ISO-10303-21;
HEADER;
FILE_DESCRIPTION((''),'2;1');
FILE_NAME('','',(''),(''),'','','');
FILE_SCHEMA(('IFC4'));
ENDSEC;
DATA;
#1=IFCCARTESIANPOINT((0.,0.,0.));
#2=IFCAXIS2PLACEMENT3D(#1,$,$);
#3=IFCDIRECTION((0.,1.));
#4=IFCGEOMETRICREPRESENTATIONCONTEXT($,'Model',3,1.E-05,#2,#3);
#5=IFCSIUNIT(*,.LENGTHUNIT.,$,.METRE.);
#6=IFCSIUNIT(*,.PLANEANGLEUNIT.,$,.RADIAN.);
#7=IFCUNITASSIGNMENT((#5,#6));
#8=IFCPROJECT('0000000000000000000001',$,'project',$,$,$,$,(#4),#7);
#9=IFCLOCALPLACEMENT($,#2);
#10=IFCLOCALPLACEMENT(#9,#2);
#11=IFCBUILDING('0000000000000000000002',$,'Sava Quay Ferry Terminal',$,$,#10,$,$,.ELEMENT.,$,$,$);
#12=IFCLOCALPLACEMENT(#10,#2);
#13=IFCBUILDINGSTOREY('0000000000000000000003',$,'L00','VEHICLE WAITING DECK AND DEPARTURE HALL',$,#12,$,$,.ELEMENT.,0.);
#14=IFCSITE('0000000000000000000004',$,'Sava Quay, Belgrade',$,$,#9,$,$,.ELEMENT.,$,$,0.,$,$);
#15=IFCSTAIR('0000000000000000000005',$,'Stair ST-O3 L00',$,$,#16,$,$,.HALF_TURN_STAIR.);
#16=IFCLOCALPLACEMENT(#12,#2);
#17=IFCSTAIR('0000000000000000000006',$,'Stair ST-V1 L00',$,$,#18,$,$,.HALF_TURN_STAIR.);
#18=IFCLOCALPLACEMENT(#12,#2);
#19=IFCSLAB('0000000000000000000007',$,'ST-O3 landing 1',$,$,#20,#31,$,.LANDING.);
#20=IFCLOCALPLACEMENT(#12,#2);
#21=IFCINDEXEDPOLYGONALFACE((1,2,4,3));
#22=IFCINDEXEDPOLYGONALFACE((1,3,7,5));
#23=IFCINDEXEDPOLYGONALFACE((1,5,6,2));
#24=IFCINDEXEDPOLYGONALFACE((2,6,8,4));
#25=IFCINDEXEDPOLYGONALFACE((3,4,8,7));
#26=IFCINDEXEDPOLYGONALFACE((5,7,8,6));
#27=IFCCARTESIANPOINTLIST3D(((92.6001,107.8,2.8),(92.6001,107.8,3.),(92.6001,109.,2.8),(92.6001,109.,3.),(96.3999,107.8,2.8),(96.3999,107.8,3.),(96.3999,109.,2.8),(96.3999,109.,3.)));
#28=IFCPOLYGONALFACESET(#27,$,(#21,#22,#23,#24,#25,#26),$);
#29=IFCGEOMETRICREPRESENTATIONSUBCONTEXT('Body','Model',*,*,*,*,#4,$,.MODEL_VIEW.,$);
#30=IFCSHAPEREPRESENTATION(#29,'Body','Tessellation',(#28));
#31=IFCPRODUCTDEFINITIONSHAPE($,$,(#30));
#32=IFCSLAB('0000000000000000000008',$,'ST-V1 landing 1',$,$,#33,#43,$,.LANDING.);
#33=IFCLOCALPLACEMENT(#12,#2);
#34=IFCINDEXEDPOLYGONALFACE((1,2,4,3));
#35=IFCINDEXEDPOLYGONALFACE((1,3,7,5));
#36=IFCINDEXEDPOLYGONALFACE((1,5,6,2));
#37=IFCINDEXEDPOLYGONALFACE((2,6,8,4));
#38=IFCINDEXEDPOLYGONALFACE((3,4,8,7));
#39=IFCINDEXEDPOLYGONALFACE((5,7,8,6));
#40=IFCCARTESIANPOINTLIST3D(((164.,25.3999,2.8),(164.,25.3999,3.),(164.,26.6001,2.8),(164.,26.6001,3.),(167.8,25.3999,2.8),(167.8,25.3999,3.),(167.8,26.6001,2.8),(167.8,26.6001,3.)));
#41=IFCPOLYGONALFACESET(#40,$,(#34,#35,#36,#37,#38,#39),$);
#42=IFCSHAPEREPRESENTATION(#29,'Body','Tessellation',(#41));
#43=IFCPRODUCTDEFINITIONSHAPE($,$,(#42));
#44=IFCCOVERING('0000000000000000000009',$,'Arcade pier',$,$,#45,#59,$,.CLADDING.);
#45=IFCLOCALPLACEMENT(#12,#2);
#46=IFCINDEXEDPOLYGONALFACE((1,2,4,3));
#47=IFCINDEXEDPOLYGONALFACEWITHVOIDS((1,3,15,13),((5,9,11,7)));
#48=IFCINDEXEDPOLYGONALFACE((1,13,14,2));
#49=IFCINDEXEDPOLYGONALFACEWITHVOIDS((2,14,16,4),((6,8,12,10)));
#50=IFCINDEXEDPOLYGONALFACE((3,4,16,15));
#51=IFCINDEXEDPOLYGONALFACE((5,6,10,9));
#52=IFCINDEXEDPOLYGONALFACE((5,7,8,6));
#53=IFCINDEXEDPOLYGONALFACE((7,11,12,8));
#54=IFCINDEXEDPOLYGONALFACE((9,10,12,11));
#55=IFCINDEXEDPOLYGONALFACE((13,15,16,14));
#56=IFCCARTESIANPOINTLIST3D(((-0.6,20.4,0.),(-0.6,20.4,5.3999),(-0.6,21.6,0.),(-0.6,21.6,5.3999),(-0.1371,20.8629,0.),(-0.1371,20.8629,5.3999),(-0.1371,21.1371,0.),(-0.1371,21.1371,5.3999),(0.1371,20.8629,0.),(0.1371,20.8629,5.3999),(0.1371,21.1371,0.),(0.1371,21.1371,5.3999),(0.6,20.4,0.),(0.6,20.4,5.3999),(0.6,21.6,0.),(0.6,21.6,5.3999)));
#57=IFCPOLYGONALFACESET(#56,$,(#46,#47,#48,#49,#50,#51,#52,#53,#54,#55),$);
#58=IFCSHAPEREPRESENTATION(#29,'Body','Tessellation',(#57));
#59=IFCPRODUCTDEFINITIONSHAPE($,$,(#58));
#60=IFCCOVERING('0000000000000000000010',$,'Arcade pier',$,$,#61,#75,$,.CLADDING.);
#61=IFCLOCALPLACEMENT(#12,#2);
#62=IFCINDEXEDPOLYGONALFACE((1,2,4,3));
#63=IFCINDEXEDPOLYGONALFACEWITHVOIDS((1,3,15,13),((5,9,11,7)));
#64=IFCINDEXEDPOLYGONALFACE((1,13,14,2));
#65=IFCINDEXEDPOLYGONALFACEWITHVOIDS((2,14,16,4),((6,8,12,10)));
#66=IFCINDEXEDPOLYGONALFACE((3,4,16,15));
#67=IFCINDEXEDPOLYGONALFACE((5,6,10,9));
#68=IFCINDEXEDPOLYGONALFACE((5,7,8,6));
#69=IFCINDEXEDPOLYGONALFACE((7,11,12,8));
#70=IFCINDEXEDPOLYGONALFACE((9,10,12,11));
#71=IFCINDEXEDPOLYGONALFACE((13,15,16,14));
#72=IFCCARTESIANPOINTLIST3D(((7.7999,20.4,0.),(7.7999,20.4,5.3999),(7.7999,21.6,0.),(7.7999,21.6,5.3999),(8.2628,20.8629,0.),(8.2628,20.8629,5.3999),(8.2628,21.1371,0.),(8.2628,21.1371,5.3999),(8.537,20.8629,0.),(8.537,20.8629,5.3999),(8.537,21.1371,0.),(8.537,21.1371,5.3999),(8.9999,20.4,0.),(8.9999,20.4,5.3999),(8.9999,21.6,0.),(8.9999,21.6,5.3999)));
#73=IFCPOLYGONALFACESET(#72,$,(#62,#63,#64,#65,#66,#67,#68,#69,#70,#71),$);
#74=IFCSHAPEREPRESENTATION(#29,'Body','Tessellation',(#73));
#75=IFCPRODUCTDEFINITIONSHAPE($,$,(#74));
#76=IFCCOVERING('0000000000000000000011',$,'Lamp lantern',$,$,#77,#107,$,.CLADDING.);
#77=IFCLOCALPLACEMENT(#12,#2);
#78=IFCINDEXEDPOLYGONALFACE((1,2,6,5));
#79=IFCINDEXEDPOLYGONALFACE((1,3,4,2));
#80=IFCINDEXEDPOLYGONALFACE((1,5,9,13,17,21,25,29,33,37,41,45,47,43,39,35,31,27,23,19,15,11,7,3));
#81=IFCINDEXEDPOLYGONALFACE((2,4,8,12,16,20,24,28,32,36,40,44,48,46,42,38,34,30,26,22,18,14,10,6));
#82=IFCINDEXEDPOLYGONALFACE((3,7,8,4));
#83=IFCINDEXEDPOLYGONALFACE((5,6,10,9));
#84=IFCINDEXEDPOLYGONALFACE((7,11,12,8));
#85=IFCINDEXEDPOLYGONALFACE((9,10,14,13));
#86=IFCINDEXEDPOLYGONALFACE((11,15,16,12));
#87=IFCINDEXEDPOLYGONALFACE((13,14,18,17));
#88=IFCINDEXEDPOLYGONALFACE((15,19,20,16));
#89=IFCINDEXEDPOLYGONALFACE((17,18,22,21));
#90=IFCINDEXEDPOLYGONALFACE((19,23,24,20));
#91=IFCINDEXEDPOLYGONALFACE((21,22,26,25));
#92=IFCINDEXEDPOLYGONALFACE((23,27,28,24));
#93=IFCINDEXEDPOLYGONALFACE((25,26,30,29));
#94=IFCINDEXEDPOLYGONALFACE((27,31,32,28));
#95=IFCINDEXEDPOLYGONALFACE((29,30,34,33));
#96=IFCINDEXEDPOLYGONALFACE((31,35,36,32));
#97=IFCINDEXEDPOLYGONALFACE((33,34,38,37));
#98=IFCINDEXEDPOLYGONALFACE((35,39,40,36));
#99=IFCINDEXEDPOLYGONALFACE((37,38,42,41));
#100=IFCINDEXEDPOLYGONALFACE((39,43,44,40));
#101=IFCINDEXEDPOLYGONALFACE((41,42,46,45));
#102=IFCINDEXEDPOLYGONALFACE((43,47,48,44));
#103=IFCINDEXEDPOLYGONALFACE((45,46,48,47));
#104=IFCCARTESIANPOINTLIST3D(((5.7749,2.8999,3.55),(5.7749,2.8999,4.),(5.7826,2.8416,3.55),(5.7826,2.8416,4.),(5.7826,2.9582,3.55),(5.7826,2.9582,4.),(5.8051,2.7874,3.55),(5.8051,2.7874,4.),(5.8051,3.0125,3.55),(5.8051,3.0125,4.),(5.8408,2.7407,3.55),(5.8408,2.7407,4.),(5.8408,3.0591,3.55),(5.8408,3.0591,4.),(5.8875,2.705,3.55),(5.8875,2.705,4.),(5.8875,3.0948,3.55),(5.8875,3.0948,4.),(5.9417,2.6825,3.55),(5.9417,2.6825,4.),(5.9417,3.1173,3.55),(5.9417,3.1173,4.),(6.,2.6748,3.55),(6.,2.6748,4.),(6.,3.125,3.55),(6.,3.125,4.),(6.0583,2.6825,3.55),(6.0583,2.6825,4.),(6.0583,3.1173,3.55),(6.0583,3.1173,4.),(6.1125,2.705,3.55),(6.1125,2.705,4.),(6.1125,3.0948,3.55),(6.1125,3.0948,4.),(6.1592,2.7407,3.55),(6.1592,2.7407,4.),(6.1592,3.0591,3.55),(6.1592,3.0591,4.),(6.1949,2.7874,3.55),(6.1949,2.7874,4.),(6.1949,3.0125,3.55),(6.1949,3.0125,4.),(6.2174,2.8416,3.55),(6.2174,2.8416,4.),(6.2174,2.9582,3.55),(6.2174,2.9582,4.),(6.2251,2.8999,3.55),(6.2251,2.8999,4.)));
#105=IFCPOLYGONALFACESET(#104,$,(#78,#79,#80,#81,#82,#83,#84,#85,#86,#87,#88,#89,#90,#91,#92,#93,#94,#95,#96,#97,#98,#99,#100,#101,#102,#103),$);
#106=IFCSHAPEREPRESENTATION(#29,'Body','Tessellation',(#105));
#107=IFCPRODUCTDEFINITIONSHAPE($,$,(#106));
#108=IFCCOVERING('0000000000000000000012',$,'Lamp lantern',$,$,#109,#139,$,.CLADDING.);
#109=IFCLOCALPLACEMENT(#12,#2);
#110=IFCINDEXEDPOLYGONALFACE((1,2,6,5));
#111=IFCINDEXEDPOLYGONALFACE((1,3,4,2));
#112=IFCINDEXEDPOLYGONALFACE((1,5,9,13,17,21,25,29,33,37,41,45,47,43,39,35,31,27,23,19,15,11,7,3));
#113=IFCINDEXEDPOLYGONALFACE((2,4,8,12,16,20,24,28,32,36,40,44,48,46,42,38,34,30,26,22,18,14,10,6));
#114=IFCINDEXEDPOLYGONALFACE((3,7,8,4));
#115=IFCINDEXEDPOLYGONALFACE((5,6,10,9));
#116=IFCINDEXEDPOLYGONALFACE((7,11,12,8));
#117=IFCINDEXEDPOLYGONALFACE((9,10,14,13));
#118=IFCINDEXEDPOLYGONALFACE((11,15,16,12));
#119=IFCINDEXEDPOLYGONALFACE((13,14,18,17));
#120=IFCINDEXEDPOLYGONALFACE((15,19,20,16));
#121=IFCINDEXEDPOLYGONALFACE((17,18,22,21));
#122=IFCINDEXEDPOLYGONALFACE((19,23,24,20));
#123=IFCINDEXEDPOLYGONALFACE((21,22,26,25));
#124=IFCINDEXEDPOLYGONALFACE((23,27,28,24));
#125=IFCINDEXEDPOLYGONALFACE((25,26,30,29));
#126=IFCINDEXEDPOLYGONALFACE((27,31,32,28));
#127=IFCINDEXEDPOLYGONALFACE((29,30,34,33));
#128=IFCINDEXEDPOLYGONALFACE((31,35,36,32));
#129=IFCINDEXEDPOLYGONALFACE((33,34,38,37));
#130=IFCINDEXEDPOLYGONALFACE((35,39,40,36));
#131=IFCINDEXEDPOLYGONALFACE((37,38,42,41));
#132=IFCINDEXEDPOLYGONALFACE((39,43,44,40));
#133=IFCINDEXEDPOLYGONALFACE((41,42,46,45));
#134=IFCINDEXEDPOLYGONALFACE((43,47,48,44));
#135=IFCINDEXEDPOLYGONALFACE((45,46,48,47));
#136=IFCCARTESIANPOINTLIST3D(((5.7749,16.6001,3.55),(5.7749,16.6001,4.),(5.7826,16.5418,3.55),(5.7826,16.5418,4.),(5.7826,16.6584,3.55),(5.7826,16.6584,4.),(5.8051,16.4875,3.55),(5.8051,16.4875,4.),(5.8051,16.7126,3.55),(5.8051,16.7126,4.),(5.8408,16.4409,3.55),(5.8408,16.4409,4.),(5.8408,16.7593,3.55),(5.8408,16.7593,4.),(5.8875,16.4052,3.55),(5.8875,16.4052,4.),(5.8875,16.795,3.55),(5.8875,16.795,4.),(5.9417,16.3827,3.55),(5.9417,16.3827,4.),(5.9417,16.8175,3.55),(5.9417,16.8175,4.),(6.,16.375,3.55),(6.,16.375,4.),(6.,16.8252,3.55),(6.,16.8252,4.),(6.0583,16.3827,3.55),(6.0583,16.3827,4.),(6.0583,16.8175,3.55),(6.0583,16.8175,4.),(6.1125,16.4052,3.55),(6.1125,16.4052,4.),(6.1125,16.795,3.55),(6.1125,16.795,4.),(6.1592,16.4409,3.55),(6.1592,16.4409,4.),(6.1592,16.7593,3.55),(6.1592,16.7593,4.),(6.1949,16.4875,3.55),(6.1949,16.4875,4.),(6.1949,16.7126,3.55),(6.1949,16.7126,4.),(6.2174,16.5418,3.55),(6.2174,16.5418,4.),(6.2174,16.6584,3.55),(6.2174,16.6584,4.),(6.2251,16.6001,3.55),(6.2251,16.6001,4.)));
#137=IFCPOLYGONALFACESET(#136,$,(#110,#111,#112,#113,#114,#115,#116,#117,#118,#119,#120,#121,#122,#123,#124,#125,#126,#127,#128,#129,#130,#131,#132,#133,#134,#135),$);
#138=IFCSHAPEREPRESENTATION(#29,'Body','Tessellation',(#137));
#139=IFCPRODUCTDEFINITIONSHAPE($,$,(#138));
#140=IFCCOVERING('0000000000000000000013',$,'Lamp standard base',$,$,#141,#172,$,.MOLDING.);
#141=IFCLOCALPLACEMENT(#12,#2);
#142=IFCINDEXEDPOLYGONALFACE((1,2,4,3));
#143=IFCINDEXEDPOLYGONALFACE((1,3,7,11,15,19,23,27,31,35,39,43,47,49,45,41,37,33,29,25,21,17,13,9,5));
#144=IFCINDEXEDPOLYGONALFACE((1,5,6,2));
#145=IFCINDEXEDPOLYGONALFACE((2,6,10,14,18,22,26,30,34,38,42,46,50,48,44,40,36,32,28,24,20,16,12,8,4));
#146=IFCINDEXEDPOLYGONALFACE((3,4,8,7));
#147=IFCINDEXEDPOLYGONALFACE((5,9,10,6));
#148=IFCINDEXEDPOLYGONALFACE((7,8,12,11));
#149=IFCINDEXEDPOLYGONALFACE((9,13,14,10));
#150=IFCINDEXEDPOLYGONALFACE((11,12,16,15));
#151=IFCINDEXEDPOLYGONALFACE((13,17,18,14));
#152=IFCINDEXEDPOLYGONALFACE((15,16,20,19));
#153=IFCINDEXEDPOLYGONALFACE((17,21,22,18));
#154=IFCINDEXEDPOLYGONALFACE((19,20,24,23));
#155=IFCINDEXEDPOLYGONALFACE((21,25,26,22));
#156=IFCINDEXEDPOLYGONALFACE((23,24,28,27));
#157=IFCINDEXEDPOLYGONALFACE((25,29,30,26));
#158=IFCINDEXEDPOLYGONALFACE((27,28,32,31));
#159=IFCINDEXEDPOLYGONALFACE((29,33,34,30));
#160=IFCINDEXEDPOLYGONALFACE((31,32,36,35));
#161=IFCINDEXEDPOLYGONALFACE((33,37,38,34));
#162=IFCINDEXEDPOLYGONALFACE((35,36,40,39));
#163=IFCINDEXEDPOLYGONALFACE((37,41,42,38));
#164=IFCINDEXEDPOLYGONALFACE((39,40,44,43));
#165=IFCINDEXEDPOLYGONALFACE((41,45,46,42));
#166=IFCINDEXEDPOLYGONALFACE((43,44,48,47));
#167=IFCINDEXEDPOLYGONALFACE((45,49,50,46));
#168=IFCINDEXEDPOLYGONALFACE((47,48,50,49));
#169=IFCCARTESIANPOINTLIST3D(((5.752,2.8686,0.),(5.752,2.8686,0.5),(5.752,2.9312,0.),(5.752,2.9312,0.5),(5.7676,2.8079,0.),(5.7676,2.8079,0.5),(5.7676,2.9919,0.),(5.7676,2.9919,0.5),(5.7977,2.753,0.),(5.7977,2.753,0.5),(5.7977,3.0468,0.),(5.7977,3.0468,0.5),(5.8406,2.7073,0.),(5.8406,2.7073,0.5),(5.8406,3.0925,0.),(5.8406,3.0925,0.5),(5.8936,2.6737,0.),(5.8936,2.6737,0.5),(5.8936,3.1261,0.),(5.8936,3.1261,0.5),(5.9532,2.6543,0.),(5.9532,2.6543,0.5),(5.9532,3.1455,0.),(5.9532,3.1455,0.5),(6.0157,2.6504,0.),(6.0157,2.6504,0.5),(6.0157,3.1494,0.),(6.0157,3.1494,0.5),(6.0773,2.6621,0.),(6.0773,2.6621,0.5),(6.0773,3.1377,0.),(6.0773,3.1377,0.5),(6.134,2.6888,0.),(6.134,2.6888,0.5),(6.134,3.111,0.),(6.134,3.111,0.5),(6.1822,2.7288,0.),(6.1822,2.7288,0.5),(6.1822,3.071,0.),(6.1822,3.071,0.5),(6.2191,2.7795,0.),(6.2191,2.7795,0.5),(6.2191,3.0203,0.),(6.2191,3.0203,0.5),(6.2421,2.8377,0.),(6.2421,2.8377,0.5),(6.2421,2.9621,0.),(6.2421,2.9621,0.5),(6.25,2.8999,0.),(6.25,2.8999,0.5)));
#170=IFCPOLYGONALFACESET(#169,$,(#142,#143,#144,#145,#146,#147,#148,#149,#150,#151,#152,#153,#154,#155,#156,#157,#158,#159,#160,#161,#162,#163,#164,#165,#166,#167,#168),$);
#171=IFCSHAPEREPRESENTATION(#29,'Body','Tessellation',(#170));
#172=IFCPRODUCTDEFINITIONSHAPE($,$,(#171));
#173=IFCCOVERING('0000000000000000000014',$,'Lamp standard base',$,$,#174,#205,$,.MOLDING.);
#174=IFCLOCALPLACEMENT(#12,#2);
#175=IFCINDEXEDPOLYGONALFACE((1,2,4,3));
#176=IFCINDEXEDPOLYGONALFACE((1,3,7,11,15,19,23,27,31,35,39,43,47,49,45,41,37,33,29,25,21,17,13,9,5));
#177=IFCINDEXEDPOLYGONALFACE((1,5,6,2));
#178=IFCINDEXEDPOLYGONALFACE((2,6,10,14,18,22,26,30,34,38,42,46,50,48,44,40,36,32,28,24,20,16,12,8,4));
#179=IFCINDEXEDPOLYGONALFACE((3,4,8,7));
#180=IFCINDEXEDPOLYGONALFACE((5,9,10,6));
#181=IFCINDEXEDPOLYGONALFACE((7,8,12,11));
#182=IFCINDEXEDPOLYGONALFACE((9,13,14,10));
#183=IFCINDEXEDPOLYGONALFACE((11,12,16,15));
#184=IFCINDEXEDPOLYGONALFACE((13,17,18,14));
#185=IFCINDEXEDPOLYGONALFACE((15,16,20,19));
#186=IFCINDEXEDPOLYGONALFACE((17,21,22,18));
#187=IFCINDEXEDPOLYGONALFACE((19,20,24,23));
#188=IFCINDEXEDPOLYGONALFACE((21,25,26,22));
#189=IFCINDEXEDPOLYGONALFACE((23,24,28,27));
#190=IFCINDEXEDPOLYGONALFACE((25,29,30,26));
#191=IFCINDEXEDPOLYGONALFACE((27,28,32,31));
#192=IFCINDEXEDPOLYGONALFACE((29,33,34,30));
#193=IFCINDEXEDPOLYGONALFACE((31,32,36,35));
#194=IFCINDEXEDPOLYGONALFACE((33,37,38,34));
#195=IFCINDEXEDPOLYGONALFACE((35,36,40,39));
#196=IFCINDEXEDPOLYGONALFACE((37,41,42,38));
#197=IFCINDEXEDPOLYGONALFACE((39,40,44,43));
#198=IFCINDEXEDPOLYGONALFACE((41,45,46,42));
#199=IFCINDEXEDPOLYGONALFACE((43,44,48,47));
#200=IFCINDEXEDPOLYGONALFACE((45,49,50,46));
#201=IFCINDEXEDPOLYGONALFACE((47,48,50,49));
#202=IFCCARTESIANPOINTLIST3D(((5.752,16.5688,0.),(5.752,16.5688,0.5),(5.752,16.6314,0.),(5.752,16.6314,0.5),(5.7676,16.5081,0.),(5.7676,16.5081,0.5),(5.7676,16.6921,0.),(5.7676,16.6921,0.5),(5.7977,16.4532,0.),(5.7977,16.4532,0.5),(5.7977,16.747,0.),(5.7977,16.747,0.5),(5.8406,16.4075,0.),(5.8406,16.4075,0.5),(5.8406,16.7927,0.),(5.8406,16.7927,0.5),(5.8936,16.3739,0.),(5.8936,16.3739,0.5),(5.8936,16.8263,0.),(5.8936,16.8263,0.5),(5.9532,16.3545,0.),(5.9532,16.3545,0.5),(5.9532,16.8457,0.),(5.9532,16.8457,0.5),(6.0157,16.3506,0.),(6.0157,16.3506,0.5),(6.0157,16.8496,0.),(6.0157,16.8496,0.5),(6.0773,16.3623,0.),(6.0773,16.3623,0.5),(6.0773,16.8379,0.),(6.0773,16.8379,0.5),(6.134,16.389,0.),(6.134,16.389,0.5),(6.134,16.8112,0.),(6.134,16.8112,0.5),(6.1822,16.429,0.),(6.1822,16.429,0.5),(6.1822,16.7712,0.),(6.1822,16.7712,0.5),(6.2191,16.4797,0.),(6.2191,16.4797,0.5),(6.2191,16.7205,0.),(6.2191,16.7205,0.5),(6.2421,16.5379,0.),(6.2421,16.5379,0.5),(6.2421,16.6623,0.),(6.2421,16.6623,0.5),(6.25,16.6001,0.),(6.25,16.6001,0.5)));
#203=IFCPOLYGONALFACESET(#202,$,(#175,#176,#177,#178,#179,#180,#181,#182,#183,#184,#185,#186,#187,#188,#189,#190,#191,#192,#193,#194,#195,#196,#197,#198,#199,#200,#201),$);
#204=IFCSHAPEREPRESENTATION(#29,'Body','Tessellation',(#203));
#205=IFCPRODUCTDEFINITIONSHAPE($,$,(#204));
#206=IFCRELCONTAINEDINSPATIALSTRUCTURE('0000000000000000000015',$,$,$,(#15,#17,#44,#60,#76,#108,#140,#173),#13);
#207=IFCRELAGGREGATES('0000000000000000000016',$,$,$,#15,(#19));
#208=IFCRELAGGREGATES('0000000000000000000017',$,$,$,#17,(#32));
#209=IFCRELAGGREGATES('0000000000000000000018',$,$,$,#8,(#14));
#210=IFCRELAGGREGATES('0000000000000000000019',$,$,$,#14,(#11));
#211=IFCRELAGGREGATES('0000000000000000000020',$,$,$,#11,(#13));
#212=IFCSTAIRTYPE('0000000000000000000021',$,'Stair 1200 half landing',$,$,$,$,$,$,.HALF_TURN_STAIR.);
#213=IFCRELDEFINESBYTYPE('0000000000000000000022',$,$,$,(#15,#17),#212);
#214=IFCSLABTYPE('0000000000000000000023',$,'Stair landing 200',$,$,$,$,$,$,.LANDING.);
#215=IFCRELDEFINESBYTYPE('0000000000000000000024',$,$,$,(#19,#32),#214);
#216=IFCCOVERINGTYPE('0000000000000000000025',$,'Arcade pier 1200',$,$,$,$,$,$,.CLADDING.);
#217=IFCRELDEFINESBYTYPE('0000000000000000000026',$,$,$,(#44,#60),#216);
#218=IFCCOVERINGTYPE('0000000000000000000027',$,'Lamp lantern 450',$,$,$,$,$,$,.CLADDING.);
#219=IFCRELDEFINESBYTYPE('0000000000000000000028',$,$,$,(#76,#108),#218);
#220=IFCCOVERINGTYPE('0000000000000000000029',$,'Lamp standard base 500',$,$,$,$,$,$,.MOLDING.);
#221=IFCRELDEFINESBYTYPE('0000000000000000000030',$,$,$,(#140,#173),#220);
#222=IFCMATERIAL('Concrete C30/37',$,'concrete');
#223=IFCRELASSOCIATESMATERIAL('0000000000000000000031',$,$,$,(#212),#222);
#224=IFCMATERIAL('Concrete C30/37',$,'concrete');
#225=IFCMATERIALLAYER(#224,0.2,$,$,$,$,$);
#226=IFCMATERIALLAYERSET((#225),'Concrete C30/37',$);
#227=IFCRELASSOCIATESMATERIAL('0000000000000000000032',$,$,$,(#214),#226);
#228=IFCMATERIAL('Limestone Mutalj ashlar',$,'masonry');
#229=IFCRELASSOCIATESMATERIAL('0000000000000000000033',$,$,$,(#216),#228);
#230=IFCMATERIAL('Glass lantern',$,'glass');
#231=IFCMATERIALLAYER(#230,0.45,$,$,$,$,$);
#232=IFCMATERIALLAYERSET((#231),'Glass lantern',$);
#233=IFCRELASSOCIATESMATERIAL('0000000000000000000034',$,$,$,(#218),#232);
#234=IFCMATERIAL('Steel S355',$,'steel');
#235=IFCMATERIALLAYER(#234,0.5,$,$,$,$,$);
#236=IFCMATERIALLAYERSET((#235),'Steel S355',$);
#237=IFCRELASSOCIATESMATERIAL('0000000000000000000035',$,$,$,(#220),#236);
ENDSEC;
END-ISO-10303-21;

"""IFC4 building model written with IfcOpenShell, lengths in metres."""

from ifc_helpers import new_model, si_unit, direction, frame, origin, origin_2d, place, context, subcontext, project, spatial, polyline, hollow_rectangle, circle, outline, extrude, material, layer, layer_set, material_profile, profile_set, type_object, element, aggregate, save


model = new_model("IFC4")

# Units and contexts
model_context = context("Model", 3, precision=1e-05, world=origin(), true_north=direction((0.0, 1.0)))
body_context = subcontext(model_context, "Body", "Model", "MODEL_VIEW")
ifc_project = project(units=[si_unit("LENGTHUNIT", "METRE"), si_unit("PLANEANGLEUNIT", "RADIAN")], contexts=[model_context])

# Site, building, storey
site_placement = place(None, origin())
site = spatial("IfcSite", under=ifc_project, at=site_placement, Name="Sava Quay, Belgrade", CompositionType="ELEMENT", RefElevation=0.0)
building_placement = place(site_placement, origin())
building = spatial("IfcBuilding", under=site, at=building_placement, Name="Sava Quay Ferry Terminal", CompositionType="ELEMENT")
storey_placement = place(building_placement, origin())
storey = spatial("IfcBuildingStorey", under=building, at=storey_placement, Name="L00", Description="VEHICLE WAITING DECK AND DEPARTURE HALL", CompositionType="ELEMENT", Elevation=0.0)

# Stairs
ifc_material_1 = material(Name="Concrete C30/37", Category="concrete")
stair_type = type_object("IfcStairType", Name="Stair 1200 half landing", PredefinedType="HALF_TURN_STAIR", material=ifc_material_1)
stair_1_placement = place(storey_placement, origin())
stair_1 = element("IfcStair", 1, at=stair_1_placement, inside=storey, type_object=stair_type, Name="Stair ST-O3 L00", PredefinedType="HALF_TURN_STAIR")
stair_2_placement = place(storey_placement, origin())
stair_2 = element("IfcStair", 2, at=stair_2_placement, inside=storey, type_object=stair_type, Name="Stair ST-V1 L00", PredefinedType="HALF_TURN_STAIR")

# Slabs
ifc_material_2 = material(Name="Concrete C30/37", Category="concrete")
ifc_layer_1 = layer(ifc_material_2, 0.2)
ifc_layer_set_1 = layer_set([ifc_layer_1], Name="Concrete C30/37")
slab_type_1 = type_object("IfcSlabType", Name="Stair landing 200", PredefinedType="LANDING", material=ifc_layer_set_1)
slab_1_placement = place(storey_placement, frame((0.0, 0.0, 2.8)))
slab_1 = element("IfcSlab", 3, at=slab_1_placement, type_object=slab_type_1, Name="ST-O3 landing 1", PredefinedType="LANDING", context=body_context, shape_type="SweptSolid", body=[
    extrude(outline(polyline([(92.6001, 107.8), (92.6001, 109.0), (96.3999, 109.0), (96.3999, 107.8), (92.6001, 107.8)])), origin(), (0.0, 0.0, 1.0), 0.2),
])
aggregate(stair_1, [slab_1])
slab_2_placement = place(storey_placement, frame((0.0, 0.0, 2.8)))
slab_2 = element("IfcSlab", 4, at=slab_2_placement, type_object=slab_type_1, Name="ST-V1 landing 1", PredefinedType="LANDING", context=body_context, shape_type="SweptSolid", body=[
    extrude(outline(polyline([(164.0, 25.3999), (164.0, 26.6001), (167.8, 26.6001), (167.8, 25.3999), (164.0, 25.3999)])), origin(), (0.0, 0.0, 1.0), 0.2),
])
aggregate(stair_2, [slab_2])

# Coverings
ifc_material_3 = material(Name="Limestone Mutalj ashlar", Category="masonry")
ifc_material_profile_1 = material_profile(ifc_material_3, hollow_rectangle(XDim=1.2, YDim=1.2, WallThickness=0.4629, at=origin_2d()), Name="Arcade pier 1200")
ifc_profile_set_1 = profile_set([ifc_material_profile_1], Name="Limestone Mutalj ashlar")
covering_type_1 = type_object("IfcCoveringType", Name="Arcade pier 1200", PredefinedType="CLADDING", material=ifc_profile_set_1)
for number, where, z_axis, x_axis, name in (
    (5, (0.0, 21.0, 0.0), (0.0, 0.0, 1.0), (1.0, 0.0, 0.0), "Arcade pier"),
    (6, (8.3999, 21.0, 0.0), (0.0, 0.0, 1.0), (1.0, 0.0, 0.0), "Arcade pier"),
):
    element("IfcCovering", number, at=place(storey_placement, frame(where, z_axis=z_axis, x_axis=x_axis)), inside=storey, type_object=covering_type_1, Name=name, PredefinedType="CLADDING", context=body_context, shape_type="SweptSolid", body=[
        extrude(hollow_rectangle(XDim=1.2, YDim=1.2, WallThickness=0.4629, at=origin_2d()), origin(), (0.0, 0.0, 1.0), 5.3999),
    ])
ifc_material_4 = material(Name="Glass lantern", Category="glass")
ifc_layer_2 = layer(ifc_material_4, 0.45)
ifc_layer_set_2 = layer_set([ifc_layer_2], Name="Glass lantern")
covering_type_2 = type_object("IfcCoveringType", Name="Lamp lantern 450", PredefinedType="CLADDING", material=ifc_layer_set_2)
for number, where, z_axis, x_axis, name in (
    (7, (6.0, 2.8999, 4.0), (0.0, 0.0, -1.0), (1.0, 0.0, 0.0), "Lamp lantern"),
    (8, (6.0, 16.6001, 4.0), (0.0, 0.0, -1.0), (1.0, 0.0, 0.0), "Lamp lantern"),
):
    element("IfcCovering", number, at=place(storey_placement, frame(where, z_axis=z_axis, x_axis=x_axis)), inside=storey, type_object=covering_type_2, Name=name, PredefinedType="CLADDING", context=body_context, shape_type="SweptSolid", body=[
        extrude(circle(Radius=0.2251, at=origin_2d()), origin(), (0.0, 0.0, 1.0), 0.45),
    ])
ifc_material_5 = material(Name="Steel S355", Category="steel")
ifc_layer_3 = layer(ifc_material_5, 0.5)
ifc_layer_set_3 = layer_set([ifc_layer_3], Name="Steel S355")
covering_type_3 = type_object("IfcCoveringType", Name="Lamp standard base 500", PredefinedType="MOLDING", material=ifc_layer_set_3)
for number, where, z_axis, x_axis, name in (
    (9, (6.0, 2.8999, 0.5), (0.0, 0.0, -1.0), (1.0, 0.0, 0.0), "Lamp standard base"),
    (10, (6.0, 16.6001, 0.5), (0.0, 0.0, -1.0), (1.0, 0.0, 0.0), "Lamp standard base"),
):
    element("IfcCovering", number, at=place(storey_placement, frame(where, z_axis=z_axis, x_axis=x_axis)), inside=storey, type_object=covering_type_3, Name=name, PredefinedType="MOLDING", context=body_context, shape_type="SweptSolid", body=[
        extrude(circle(Radius=0.25, at=origin_2d()), origin(), (0.0, 0.0, 1.0), 0.5),
    ])

save(model, "model.ifc")
